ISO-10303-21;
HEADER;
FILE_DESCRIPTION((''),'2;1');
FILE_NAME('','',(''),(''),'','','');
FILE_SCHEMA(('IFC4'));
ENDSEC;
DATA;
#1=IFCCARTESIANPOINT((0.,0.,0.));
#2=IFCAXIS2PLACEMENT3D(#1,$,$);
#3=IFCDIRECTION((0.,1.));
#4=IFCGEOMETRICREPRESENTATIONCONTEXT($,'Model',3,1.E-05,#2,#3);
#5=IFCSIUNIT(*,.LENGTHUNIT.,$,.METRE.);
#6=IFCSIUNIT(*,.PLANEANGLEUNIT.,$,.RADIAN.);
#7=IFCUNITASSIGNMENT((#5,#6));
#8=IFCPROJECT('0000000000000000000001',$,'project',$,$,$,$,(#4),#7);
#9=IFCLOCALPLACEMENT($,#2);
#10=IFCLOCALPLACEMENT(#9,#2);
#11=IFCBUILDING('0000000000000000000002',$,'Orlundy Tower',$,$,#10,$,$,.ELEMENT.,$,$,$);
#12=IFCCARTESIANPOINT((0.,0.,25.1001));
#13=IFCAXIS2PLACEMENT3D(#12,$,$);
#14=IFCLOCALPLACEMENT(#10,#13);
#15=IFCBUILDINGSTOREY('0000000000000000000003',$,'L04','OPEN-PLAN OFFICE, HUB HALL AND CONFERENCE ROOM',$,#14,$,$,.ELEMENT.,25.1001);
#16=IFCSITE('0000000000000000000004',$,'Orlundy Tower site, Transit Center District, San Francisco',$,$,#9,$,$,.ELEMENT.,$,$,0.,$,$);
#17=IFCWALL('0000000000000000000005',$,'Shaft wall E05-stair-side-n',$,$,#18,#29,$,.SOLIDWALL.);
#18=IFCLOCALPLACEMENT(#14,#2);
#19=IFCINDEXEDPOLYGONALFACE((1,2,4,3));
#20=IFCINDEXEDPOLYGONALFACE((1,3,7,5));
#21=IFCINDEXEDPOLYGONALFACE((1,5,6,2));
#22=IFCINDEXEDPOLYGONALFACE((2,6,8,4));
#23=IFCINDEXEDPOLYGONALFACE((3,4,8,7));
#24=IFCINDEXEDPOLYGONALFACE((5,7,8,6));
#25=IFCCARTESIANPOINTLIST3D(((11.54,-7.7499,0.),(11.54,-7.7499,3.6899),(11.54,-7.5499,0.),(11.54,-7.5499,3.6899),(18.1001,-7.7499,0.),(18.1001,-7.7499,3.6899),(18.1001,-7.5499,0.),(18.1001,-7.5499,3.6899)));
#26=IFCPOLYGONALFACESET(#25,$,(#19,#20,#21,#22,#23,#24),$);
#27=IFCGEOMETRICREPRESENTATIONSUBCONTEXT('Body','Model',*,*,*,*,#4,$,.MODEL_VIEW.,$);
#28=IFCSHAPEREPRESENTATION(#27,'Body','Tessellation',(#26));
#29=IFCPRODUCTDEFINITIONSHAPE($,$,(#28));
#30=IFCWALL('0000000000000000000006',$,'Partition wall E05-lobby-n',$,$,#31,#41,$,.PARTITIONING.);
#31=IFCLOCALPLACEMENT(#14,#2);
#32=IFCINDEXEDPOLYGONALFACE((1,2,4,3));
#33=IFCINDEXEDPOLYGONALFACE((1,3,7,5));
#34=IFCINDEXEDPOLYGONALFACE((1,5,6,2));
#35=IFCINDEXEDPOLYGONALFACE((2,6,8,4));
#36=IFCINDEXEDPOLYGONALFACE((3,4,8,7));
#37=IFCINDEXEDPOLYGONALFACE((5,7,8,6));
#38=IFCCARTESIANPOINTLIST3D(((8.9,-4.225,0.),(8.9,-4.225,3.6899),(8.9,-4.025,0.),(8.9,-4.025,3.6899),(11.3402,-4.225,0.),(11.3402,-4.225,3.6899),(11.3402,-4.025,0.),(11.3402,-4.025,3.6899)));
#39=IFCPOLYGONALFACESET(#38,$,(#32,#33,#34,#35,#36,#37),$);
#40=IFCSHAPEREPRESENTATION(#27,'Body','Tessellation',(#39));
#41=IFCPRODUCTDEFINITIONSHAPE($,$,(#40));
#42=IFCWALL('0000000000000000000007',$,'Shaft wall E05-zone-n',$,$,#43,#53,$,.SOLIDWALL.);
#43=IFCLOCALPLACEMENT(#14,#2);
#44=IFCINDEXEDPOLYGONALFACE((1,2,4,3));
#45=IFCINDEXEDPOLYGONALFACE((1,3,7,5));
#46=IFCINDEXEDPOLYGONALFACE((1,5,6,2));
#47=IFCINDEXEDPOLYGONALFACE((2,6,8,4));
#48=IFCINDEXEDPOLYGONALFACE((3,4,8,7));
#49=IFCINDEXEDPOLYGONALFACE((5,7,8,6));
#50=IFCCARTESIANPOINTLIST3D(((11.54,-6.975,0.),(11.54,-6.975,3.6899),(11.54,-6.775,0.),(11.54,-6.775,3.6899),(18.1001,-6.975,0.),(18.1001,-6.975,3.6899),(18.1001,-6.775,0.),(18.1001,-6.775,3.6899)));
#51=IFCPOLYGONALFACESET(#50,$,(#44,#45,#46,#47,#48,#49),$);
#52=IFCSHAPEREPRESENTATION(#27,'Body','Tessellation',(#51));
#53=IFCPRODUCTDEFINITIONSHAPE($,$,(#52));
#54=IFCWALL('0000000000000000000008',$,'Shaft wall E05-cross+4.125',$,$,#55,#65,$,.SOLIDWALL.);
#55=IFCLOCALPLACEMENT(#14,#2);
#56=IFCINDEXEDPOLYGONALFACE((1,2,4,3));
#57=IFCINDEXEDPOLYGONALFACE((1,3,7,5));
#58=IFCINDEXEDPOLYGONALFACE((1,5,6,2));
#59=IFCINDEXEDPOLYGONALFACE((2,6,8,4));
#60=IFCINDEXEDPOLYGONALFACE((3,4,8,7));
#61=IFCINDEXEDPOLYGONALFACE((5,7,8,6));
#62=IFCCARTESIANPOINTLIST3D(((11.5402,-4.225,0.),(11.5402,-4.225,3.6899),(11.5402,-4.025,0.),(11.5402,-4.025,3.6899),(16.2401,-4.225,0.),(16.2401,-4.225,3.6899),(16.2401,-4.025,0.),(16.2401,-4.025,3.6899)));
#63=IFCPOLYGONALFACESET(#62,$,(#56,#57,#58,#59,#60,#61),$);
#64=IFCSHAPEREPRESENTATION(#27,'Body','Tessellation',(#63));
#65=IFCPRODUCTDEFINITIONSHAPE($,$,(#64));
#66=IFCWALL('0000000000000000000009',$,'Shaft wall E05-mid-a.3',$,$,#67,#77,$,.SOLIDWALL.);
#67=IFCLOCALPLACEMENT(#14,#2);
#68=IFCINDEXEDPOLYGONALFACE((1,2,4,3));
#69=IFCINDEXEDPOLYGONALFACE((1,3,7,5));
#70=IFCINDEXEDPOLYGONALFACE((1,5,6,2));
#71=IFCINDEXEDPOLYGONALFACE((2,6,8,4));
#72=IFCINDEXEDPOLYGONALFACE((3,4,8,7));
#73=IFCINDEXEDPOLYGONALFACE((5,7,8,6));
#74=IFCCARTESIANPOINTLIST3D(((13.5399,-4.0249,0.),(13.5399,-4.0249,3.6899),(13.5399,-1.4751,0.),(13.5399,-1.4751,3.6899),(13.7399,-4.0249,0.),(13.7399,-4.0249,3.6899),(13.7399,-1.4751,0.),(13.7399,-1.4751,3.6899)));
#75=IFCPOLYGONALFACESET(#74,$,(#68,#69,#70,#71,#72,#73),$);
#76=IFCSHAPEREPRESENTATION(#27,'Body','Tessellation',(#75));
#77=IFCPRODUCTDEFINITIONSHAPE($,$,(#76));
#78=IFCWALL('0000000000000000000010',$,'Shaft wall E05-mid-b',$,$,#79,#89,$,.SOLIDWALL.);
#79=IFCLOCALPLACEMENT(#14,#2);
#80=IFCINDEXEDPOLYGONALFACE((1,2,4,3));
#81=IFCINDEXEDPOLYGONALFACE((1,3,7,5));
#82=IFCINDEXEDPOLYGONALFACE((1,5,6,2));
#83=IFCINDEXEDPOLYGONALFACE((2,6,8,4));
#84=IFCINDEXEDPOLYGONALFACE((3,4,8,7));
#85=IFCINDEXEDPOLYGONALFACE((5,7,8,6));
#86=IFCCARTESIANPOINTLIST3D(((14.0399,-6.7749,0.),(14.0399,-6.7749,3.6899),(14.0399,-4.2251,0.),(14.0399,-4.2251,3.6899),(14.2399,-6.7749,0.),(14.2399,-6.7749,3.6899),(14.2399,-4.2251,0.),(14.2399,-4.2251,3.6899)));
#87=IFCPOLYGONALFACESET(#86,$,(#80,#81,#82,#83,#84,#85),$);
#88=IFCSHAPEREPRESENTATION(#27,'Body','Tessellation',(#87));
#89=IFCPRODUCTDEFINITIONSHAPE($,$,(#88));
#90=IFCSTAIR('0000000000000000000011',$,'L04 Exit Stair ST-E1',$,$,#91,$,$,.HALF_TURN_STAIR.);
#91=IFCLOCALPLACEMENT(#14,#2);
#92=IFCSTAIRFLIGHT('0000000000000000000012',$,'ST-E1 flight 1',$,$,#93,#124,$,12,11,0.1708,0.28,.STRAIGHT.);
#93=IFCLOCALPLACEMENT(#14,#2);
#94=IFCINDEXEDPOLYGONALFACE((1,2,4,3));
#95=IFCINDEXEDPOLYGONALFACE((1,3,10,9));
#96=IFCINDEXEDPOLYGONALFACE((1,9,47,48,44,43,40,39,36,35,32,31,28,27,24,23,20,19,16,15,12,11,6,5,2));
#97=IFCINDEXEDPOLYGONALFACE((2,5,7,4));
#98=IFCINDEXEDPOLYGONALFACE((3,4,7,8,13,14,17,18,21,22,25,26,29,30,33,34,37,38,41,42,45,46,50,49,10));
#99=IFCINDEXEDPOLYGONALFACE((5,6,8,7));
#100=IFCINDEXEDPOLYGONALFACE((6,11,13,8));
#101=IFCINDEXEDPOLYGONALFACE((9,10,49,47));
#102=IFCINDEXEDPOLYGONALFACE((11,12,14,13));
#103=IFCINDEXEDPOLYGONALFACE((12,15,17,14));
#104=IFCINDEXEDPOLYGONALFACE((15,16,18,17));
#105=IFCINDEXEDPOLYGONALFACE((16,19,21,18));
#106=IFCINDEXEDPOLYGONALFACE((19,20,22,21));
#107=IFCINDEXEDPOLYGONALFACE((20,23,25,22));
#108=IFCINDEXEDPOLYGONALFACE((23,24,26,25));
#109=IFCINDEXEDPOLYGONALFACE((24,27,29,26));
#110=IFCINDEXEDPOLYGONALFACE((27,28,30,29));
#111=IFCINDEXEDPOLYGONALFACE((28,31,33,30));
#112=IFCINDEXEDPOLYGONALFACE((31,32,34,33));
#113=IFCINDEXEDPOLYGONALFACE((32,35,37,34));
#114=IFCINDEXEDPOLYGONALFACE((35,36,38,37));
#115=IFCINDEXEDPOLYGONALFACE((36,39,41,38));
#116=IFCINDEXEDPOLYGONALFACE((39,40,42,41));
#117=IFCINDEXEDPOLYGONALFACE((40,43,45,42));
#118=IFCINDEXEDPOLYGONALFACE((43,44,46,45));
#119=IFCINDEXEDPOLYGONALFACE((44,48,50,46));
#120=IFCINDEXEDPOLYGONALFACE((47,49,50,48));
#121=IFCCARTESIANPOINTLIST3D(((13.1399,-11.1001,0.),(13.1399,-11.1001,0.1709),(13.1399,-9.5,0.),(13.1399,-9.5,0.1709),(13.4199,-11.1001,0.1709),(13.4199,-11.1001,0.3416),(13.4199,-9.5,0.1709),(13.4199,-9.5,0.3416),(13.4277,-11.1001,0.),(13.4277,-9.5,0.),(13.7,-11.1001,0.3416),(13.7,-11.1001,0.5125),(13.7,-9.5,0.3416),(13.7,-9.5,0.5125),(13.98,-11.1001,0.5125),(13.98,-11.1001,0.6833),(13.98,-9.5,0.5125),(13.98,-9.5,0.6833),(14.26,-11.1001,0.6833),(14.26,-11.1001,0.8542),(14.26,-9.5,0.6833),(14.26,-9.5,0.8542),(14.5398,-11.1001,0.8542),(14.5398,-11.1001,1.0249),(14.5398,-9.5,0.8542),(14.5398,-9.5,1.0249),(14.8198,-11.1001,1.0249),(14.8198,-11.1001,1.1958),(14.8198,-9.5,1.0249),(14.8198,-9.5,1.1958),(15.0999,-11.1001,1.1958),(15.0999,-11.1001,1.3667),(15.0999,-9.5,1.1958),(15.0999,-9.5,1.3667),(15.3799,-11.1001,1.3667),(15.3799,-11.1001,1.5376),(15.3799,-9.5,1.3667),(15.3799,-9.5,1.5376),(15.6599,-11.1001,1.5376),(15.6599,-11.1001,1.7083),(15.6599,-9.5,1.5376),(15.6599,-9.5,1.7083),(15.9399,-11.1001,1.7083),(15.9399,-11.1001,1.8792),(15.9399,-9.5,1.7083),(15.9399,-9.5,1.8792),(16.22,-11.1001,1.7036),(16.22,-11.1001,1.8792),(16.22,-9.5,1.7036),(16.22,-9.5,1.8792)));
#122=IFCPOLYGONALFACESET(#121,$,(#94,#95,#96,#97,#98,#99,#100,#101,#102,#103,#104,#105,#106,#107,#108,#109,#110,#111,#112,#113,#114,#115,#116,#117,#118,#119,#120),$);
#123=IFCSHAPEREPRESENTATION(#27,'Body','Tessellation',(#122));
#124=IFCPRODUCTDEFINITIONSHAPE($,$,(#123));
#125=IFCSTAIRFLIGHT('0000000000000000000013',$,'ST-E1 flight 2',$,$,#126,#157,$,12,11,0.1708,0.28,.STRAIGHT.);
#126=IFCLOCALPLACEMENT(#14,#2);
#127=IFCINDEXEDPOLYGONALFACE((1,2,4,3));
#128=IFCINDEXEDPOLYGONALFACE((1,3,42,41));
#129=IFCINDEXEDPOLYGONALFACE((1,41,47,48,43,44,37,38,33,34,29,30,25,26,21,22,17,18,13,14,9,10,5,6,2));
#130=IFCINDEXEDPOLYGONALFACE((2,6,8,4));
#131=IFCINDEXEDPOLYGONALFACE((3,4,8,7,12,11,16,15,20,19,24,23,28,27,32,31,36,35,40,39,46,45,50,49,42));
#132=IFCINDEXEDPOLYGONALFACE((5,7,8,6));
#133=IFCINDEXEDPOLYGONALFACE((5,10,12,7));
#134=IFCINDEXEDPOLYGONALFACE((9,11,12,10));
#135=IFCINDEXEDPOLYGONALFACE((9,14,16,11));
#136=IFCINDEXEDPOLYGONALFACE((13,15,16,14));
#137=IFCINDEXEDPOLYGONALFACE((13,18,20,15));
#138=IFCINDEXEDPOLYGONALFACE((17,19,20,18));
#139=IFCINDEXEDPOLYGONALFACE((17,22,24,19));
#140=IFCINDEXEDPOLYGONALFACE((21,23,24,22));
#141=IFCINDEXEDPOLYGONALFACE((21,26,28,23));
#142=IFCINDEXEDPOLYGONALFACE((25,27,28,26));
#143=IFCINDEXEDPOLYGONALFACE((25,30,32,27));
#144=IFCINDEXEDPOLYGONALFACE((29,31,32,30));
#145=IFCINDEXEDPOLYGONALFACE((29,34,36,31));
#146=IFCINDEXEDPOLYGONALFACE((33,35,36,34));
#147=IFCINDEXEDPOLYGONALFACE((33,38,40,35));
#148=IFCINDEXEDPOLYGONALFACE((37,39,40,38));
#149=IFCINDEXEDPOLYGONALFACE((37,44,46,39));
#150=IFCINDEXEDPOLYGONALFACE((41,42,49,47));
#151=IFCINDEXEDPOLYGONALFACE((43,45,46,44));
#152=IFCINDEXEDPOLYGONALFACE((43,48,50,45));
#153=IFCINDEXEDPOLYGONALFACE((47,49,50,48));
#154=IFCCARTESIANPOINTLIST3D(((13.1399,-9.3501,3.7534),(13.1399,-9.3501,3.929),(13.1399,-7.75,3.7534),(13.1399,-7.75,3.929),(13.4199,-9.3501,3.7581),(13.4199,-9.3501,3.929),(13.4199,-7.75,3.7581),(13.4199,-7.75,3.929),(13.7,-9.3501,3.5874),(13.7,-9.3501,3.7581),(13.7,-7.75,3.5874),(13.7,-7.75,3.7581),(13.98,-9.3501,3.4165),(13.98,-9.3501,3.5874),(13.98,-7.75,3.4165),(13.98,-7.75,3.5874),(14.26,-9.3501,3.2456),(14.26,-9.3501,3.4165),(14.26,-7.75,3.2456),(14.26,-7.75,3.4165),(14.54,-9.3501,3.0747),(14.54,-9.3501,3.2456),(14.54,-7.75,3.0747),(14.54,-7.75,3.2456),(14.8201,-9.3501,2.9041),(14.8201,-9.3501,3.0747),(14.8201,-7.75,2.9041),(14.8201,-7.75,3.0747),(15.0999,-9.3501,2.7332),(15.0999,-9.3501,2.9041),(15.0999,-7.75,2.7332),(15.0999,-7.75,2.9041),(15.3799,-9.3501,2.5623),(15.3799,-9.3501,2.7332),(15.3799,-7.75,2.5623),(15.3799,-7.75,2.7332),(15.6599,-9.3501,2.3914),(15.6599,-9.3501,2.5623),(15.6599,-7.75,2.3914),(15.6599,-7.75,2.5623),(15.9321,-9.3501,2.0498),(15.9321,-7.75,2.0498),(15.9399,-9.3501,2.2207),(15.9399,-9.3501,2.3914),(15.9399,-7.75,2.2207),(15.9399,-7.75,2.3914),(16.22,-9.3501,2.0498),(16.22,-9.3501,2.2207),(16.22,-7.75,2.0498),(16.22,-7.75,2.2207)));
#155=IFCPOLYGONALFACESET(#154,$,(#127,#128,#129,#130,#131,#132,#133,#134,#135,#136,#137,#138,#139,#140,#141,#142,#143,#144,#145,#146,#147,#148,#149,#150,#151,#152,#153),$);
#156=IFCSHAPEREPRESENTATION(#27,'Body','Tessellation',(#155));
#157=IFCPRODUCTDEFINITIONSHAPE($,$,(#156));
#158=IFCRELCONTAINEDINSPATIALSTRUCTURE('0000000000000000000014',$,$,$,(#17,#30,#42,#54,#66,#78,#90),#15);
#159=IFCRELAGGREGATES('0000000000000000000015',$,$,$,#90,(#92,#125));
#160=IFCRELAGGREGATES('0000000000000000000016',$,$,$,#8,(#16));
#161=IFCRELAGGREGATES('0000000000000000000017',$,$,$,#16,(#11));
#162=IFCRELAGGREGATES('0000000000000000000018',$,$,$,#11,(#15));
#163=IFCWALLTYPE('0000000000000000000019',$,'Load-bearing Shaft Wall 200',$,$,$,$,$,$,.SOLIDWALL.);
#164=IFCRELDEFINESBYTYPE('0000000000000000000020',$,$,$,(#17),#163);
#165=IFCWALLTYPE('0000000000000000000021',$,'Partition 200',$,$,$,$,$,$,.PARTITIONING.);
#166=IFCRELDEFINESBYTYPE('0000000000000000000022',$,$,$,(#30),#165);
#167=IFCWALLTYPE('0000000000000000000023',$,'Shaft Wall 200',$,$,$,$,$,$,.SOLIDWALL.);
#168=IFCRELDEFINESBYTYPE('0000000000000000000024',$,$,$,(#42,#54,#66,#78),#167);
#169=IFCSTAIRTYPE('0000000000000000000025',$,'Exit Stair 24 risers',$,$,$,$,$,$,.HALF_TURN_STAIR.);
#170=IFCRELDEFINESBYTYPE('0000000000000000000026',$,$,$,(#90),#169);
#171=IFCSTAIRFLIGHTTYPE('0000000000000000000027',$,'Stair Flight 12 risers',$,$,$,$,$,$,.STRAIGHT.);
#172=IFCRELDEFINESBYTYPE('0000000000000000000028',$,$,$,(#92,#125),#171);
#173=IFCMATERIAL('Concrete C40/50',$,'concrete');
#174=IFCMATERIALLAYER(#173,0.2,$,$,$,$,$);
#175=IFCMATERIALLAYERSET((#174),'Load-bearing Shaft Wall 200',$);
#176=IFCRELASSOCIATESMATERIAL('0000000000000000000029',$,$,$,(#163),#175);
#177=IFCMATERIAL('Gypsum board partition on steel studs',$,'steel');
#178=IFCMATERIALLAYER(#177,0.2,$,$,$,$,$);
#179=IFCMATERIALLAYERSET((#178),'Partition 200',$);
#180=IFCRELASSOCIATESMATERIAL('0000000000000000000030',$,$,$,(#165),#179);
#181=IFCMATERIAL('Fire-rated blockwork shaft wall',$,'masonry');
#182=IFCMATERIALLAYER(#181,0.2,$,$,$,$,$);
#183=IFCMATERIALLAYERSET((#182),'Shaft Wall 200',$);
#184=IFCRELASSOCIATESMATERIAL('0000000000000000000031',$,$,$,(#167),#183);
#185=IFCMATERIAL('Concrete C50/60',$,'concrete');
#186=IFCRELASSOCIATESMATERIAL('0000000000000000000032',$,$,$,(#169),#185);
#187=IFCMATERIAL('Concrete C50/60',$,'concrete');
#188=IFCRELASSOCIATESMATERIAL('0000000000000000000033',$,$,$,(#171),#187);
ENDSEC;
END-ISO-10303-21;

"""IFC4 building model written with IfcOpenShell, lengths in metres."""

from ifc_helpers import new_model, si_unit, direction, frame, frame_2d, origin, place, context, subcontext, project, spatial, polyline, rectangle, outline, extrude, material, layer, layer_set, type_object, element, aggregate, save


model = new_model("IFC4")

# Units and contexts
model_context = context("Model", 3, precision=1e-05, world=origin(), true_north=direction((0.0, 1.0)))
body_context = subcontext(model_context, "Body", "Model", "MODEL_VIEW")
ifc_project = project(units=[si_unit("LENGTHUNIT", "METRE"), si_unit("PLANEANGLEUNIT", "RADIAN")], contexts=[model_context])

# Site, building, storey
site_placement = place(None, origin())
site = spatial("IfcSite", under=ifc_project, at=site_placement, Name="Orlundy Tower site, Transit Center District, San Francisco", CompositionType="ELEMENT", RefElevation=0.0)
building_placement = place(site_placement, origin())
building = spatial("IfcBuilding", under=site, at=building_placement, Name="Orlundy Tower", CompositionType="ELEMENT")
storey_placement = place(building_placement, frame((0.0, 0.0, 25.1001)))
storey = spatial("IfcBuildingStorey", under=building, at=storey_placement, Name="L04", Description="OPEN-PLAN OFFICE, HUB HALL AND CONFERENCE ROOM", CompositionType="ELEMENT", Elevation=25.1001)

# Shared definitions
ifc_material_1 = material(Name="Concrete C40/50", Category="concrete")
ifc_layer_1 = layer(ifc_material_1, 0.2)
ifc_layer_set_1 = layer_set([ifc_layer_1], Name="Load-bearing Shaft Wall 200")
wall_type_1 = type_object("IfcWallType", Name="Load-bearing Shaft Wall 200", PredefinedType="SOLIDWALL", material=ifc_layer_set_1)

# Walls
wall_1_placement = place(storey_placement, frame((11.54, -7.6499, 0.0), z_axis=(0.0, 0.0, 1.0), x_axis=(1.0, 0.0, 0.0)))
element("IfcWall", 1, at=wall_1_placement, inside=storey, type_object=wall_type_1, Name="Shaft wall E05-stair-side-n", PredefinedType="SOLIDWALL", context=body_context, shape_type="SweptSolid", body=[
    extrude(rectangle(XDim=6.5601, YDim=0.2, at=frame_2d((3.28, 0.0))), origin(), (0.0, 0.0, 1.0), 3.6899),
])
ifc_material_2 = material(Name="Gypsum board partition on steel studs", Category="steel")
ifc_layer_2 = layer(ifc_material_2, 0.2)
ifc_layer_set_2 = layer_set([ifc_layer_2], Name="Partition 200")
wall_type_2 = type_object("IfcWallType", Name="Partition 200", PredefinedType="PARTITIONING", material=ifc_layer_set_2)
wall_2_placement = place(storey_placement, frame((8.8999, -4.125, 0.0), z_axis=(0.0, 0.0, 1.0), x_axis=(1.0, 0.0, 0.0)))
element("IfcWall", 2, at=wall_2_placement, inside=storey, type_object=wall_type_2, Name="Partition wall E05-lobby-n", PredefinedType="PARTITIONING", context=body_context, shape_type="SweptSolid", body=[
    extrude(rectangle(XDim=2.4402, YDim=0.2, at=frame_2d((1.2202, 0.0))), origin(), (0.0, 0.0, 1.0), 3.6899),
])
ifc_material_3 = material(Name="Fire-rated blockwork shaft wall", Category="masonry")
ifc_layer_3 = layer(ifc_material_3, 0.2)
ifc_layer_set_3 = layer_set([ifc_layer_3], Name="Shaft Wall 200")
wall_type_3 = type_object("IfcWallType", Name="Shaft Wall 200", PredefinedType="SOLIDWALL", material=ifc_layer_set_3)
wall_3_placement = place(storey_placement, frame((11.54, -6.875, 0.0), z_axis=(0.0, 0.0, 1.0), x_axis=(1.0, 0.0, 0.0)))
element("IfcWall", 3, at=wall_3_placement, inside=storey, type_object=wall_type_3, Name="Shaft wall E05-zone-n", PredefinedType="SOLIDWALL", context=body_context, shape_type="SweptSolid", body=[
    extrude(rectangle(XDim=6.5601, YDim=0.2, at=frame_2d((3.28, 0.0))), origin(), (0.0, 0.0, 1.0), 3.6899),
])
wall_4_placement = place(storey_placement, frame((11.54, -4.125, 0.0), z_axis=(0.0, 0.0, 1.0), x_axis=(1.0, 0.0, 0.0)))
element("IfcWall", 4, at=wall_4_placement, inside=storey, type_object=wall_type_3, Name="Shaft wall E05-cross+4.125", PredefinedType="SOLIDWALL", context=body_context, shape_type="SweptSolid", body=[
    extrude(rectangle(XDim=4.7, YDim=0.2, at=frame_2d((2.3501, 0.0))), origin(), (0.0, 0.0, 1.0), 3.6899),
])
for number, where, z_axis, x_axis, name in (
    (5, (13.6399, -1.4751, 0.0), (0.0, 0.0, 1.0), (0.0, -1.0, 0.0), "Shaft wall E05-mid-a.3"),
    (6, (14.1399, -4.2251, 0.0), (0.0, 0.0, 1.0), (0.0, -1.0, 0.0), "Shaft wall E05-mid-b"),
):
    element("IfcWall", number, at=place(storey_placement, frame(where, z_axis=z_axis, x_axis=x_axis)), inside=storey, type_object=wall_type_3, Name=name, PredefinedType="SOLIDWALL", context=body_context, shape_type="SweptSolid", body=[
        extrude(rectangle(XDim=2.5498, YDim=0.2, at=frame_2d((1.2749, 0.0))), origin(), (0.0, 0.0, 1.0), 3.6899),
    ])

# Stair, stair flights
ifc_material_4 = material(Name="Concrete C50/60", Category="concrete")
stair_type = type_object("IfcStairType", Name="Exit Stair 24 risers", PredefinedType="HALF_TURN_STAIR", material=ifc_material_4)
stair_placement = place(storey_placement, origin())
stair = element("IfcStair", 7, at=stair_placement, inside=storey, type_object=stair_type, Name="L04 Exit Stair ST-E1", PredefinedType="HALF_TURN_STAIR")
ifc_material_5 = material(Name="Concrete C50/60", Category="concrete")
stair_flight_type = type_object("IfcStairFlightType", Name="Stair Flight 12 risers", PredefinedType="STRAIGHT", material=ifc_material_5)
stair_flight_1_placement = place(storey_placement, frame((13.1399, -10.3, 0.0), z_axis=(0.0, 0.0, 1.0), x_axis=(1.0, 0.0, 0.0)))
stair_flight_1 = element("IfcStairFlight", 8, at=stair_flight_1_placement, type_object=stair_flight_type, Name="ST-E1 flight 1", NumberOfRisers=12, NumberOfTreads=11, PredefinedType="STRAIGHT", RiserHeight=0.1708, TreadLength=0.28, context=body_context, shape_type="SweptSolid", body=[
    extrude(outline(polyline([(0.0, 0.0), (0.0, 0.1709), (0.28, 0.1709), (0.28, 0.3416), (0.5601, 0.3416), (0.5601, 0.5125), (0.8401, 0.5125), (0.8401, 0.6833), (1.1201, 0.6833), (1.1201, 0.8542), (1.3999, 0.8542), (1.3999, 1.0249), (1.6799, 1.0249), (1.6799, 1.1958), (1.96, 1.1958), (1.96, 1.3667), (2.24, 1.3667), (2.24, 1.5376), (2.52, 1.5376), (2.52, 1.7083), (2.8, 1.7083), (2.8, 1.8792), (3.0801, 1.8792), (3.0801, 2.05), (3.0801, 1.7036), (0.2878, 0.0), (0.0, 0.0)])), frame((0.0, 0.8, 0.0), z_axis=(0.0, -1.0, 0.0), x_axis=(1.0, 0.0, 0.0)), (0.0, 0.0, 1.0), 1.6001),
])
stair_flight_2_placement = place(storey_placement, frame((16.22, -8.55, 2.0498), z_axis=(0.0, 0.0, 1.0), x_axis=(-1.0, 0.0, 0.0)))
stair_flight_2 = element("IfcStairFlight", 9, at=stair_flight_2_placement, type_object=stair_flight_type, Name="ST-E1 flight 2", NumberOfRisers=12, NumberOfTreads=11, PredefinedType="STRAIGHT", RiserHeight=0.1708, TreadLength=0.28, context=body_context, shape_type="SweptSolid", body=[
    extrude(outline(polyline([(0.0, 0.0), (0.0, 0.1709), (0.28, 0.1709), (0.28, 0.3416), (0.5601, 0.3416), (0.5601, 0.5125), (0.8401, 0.5125), (0.8401, 0.6833), (1.1201, 0.6833), (1.1201, 0.8542), (1.3999, 0.8542), (1.3999, 1.0249), (1.6799, 1.0249), (1.6799, 1.1958), (1.96, 1.1958), (1.96, 1.3667), (2.24, 1.3667), (2.24, 1.5376), (2.52, 1.5376), (2.52, 1.7083), (2.8, 1.7083), (2.8, 1.8792), (3.0801, 1.8792), (3.0801, 2.05), (3.0801, 1.7036), (0.2878, 0.0), (0.0, 0.0)])), frame((0.0, 0.8, 0.0), z_axis=(0.0, -1.0, 0.0), x_axis=(1.0, 0.0, 0.0)), (0.0, 0.0, 1.0), 1.6001),
])
aggregate(stair, [stair_flight_1, stair_flight_2])

save(model, "model.ifc")
